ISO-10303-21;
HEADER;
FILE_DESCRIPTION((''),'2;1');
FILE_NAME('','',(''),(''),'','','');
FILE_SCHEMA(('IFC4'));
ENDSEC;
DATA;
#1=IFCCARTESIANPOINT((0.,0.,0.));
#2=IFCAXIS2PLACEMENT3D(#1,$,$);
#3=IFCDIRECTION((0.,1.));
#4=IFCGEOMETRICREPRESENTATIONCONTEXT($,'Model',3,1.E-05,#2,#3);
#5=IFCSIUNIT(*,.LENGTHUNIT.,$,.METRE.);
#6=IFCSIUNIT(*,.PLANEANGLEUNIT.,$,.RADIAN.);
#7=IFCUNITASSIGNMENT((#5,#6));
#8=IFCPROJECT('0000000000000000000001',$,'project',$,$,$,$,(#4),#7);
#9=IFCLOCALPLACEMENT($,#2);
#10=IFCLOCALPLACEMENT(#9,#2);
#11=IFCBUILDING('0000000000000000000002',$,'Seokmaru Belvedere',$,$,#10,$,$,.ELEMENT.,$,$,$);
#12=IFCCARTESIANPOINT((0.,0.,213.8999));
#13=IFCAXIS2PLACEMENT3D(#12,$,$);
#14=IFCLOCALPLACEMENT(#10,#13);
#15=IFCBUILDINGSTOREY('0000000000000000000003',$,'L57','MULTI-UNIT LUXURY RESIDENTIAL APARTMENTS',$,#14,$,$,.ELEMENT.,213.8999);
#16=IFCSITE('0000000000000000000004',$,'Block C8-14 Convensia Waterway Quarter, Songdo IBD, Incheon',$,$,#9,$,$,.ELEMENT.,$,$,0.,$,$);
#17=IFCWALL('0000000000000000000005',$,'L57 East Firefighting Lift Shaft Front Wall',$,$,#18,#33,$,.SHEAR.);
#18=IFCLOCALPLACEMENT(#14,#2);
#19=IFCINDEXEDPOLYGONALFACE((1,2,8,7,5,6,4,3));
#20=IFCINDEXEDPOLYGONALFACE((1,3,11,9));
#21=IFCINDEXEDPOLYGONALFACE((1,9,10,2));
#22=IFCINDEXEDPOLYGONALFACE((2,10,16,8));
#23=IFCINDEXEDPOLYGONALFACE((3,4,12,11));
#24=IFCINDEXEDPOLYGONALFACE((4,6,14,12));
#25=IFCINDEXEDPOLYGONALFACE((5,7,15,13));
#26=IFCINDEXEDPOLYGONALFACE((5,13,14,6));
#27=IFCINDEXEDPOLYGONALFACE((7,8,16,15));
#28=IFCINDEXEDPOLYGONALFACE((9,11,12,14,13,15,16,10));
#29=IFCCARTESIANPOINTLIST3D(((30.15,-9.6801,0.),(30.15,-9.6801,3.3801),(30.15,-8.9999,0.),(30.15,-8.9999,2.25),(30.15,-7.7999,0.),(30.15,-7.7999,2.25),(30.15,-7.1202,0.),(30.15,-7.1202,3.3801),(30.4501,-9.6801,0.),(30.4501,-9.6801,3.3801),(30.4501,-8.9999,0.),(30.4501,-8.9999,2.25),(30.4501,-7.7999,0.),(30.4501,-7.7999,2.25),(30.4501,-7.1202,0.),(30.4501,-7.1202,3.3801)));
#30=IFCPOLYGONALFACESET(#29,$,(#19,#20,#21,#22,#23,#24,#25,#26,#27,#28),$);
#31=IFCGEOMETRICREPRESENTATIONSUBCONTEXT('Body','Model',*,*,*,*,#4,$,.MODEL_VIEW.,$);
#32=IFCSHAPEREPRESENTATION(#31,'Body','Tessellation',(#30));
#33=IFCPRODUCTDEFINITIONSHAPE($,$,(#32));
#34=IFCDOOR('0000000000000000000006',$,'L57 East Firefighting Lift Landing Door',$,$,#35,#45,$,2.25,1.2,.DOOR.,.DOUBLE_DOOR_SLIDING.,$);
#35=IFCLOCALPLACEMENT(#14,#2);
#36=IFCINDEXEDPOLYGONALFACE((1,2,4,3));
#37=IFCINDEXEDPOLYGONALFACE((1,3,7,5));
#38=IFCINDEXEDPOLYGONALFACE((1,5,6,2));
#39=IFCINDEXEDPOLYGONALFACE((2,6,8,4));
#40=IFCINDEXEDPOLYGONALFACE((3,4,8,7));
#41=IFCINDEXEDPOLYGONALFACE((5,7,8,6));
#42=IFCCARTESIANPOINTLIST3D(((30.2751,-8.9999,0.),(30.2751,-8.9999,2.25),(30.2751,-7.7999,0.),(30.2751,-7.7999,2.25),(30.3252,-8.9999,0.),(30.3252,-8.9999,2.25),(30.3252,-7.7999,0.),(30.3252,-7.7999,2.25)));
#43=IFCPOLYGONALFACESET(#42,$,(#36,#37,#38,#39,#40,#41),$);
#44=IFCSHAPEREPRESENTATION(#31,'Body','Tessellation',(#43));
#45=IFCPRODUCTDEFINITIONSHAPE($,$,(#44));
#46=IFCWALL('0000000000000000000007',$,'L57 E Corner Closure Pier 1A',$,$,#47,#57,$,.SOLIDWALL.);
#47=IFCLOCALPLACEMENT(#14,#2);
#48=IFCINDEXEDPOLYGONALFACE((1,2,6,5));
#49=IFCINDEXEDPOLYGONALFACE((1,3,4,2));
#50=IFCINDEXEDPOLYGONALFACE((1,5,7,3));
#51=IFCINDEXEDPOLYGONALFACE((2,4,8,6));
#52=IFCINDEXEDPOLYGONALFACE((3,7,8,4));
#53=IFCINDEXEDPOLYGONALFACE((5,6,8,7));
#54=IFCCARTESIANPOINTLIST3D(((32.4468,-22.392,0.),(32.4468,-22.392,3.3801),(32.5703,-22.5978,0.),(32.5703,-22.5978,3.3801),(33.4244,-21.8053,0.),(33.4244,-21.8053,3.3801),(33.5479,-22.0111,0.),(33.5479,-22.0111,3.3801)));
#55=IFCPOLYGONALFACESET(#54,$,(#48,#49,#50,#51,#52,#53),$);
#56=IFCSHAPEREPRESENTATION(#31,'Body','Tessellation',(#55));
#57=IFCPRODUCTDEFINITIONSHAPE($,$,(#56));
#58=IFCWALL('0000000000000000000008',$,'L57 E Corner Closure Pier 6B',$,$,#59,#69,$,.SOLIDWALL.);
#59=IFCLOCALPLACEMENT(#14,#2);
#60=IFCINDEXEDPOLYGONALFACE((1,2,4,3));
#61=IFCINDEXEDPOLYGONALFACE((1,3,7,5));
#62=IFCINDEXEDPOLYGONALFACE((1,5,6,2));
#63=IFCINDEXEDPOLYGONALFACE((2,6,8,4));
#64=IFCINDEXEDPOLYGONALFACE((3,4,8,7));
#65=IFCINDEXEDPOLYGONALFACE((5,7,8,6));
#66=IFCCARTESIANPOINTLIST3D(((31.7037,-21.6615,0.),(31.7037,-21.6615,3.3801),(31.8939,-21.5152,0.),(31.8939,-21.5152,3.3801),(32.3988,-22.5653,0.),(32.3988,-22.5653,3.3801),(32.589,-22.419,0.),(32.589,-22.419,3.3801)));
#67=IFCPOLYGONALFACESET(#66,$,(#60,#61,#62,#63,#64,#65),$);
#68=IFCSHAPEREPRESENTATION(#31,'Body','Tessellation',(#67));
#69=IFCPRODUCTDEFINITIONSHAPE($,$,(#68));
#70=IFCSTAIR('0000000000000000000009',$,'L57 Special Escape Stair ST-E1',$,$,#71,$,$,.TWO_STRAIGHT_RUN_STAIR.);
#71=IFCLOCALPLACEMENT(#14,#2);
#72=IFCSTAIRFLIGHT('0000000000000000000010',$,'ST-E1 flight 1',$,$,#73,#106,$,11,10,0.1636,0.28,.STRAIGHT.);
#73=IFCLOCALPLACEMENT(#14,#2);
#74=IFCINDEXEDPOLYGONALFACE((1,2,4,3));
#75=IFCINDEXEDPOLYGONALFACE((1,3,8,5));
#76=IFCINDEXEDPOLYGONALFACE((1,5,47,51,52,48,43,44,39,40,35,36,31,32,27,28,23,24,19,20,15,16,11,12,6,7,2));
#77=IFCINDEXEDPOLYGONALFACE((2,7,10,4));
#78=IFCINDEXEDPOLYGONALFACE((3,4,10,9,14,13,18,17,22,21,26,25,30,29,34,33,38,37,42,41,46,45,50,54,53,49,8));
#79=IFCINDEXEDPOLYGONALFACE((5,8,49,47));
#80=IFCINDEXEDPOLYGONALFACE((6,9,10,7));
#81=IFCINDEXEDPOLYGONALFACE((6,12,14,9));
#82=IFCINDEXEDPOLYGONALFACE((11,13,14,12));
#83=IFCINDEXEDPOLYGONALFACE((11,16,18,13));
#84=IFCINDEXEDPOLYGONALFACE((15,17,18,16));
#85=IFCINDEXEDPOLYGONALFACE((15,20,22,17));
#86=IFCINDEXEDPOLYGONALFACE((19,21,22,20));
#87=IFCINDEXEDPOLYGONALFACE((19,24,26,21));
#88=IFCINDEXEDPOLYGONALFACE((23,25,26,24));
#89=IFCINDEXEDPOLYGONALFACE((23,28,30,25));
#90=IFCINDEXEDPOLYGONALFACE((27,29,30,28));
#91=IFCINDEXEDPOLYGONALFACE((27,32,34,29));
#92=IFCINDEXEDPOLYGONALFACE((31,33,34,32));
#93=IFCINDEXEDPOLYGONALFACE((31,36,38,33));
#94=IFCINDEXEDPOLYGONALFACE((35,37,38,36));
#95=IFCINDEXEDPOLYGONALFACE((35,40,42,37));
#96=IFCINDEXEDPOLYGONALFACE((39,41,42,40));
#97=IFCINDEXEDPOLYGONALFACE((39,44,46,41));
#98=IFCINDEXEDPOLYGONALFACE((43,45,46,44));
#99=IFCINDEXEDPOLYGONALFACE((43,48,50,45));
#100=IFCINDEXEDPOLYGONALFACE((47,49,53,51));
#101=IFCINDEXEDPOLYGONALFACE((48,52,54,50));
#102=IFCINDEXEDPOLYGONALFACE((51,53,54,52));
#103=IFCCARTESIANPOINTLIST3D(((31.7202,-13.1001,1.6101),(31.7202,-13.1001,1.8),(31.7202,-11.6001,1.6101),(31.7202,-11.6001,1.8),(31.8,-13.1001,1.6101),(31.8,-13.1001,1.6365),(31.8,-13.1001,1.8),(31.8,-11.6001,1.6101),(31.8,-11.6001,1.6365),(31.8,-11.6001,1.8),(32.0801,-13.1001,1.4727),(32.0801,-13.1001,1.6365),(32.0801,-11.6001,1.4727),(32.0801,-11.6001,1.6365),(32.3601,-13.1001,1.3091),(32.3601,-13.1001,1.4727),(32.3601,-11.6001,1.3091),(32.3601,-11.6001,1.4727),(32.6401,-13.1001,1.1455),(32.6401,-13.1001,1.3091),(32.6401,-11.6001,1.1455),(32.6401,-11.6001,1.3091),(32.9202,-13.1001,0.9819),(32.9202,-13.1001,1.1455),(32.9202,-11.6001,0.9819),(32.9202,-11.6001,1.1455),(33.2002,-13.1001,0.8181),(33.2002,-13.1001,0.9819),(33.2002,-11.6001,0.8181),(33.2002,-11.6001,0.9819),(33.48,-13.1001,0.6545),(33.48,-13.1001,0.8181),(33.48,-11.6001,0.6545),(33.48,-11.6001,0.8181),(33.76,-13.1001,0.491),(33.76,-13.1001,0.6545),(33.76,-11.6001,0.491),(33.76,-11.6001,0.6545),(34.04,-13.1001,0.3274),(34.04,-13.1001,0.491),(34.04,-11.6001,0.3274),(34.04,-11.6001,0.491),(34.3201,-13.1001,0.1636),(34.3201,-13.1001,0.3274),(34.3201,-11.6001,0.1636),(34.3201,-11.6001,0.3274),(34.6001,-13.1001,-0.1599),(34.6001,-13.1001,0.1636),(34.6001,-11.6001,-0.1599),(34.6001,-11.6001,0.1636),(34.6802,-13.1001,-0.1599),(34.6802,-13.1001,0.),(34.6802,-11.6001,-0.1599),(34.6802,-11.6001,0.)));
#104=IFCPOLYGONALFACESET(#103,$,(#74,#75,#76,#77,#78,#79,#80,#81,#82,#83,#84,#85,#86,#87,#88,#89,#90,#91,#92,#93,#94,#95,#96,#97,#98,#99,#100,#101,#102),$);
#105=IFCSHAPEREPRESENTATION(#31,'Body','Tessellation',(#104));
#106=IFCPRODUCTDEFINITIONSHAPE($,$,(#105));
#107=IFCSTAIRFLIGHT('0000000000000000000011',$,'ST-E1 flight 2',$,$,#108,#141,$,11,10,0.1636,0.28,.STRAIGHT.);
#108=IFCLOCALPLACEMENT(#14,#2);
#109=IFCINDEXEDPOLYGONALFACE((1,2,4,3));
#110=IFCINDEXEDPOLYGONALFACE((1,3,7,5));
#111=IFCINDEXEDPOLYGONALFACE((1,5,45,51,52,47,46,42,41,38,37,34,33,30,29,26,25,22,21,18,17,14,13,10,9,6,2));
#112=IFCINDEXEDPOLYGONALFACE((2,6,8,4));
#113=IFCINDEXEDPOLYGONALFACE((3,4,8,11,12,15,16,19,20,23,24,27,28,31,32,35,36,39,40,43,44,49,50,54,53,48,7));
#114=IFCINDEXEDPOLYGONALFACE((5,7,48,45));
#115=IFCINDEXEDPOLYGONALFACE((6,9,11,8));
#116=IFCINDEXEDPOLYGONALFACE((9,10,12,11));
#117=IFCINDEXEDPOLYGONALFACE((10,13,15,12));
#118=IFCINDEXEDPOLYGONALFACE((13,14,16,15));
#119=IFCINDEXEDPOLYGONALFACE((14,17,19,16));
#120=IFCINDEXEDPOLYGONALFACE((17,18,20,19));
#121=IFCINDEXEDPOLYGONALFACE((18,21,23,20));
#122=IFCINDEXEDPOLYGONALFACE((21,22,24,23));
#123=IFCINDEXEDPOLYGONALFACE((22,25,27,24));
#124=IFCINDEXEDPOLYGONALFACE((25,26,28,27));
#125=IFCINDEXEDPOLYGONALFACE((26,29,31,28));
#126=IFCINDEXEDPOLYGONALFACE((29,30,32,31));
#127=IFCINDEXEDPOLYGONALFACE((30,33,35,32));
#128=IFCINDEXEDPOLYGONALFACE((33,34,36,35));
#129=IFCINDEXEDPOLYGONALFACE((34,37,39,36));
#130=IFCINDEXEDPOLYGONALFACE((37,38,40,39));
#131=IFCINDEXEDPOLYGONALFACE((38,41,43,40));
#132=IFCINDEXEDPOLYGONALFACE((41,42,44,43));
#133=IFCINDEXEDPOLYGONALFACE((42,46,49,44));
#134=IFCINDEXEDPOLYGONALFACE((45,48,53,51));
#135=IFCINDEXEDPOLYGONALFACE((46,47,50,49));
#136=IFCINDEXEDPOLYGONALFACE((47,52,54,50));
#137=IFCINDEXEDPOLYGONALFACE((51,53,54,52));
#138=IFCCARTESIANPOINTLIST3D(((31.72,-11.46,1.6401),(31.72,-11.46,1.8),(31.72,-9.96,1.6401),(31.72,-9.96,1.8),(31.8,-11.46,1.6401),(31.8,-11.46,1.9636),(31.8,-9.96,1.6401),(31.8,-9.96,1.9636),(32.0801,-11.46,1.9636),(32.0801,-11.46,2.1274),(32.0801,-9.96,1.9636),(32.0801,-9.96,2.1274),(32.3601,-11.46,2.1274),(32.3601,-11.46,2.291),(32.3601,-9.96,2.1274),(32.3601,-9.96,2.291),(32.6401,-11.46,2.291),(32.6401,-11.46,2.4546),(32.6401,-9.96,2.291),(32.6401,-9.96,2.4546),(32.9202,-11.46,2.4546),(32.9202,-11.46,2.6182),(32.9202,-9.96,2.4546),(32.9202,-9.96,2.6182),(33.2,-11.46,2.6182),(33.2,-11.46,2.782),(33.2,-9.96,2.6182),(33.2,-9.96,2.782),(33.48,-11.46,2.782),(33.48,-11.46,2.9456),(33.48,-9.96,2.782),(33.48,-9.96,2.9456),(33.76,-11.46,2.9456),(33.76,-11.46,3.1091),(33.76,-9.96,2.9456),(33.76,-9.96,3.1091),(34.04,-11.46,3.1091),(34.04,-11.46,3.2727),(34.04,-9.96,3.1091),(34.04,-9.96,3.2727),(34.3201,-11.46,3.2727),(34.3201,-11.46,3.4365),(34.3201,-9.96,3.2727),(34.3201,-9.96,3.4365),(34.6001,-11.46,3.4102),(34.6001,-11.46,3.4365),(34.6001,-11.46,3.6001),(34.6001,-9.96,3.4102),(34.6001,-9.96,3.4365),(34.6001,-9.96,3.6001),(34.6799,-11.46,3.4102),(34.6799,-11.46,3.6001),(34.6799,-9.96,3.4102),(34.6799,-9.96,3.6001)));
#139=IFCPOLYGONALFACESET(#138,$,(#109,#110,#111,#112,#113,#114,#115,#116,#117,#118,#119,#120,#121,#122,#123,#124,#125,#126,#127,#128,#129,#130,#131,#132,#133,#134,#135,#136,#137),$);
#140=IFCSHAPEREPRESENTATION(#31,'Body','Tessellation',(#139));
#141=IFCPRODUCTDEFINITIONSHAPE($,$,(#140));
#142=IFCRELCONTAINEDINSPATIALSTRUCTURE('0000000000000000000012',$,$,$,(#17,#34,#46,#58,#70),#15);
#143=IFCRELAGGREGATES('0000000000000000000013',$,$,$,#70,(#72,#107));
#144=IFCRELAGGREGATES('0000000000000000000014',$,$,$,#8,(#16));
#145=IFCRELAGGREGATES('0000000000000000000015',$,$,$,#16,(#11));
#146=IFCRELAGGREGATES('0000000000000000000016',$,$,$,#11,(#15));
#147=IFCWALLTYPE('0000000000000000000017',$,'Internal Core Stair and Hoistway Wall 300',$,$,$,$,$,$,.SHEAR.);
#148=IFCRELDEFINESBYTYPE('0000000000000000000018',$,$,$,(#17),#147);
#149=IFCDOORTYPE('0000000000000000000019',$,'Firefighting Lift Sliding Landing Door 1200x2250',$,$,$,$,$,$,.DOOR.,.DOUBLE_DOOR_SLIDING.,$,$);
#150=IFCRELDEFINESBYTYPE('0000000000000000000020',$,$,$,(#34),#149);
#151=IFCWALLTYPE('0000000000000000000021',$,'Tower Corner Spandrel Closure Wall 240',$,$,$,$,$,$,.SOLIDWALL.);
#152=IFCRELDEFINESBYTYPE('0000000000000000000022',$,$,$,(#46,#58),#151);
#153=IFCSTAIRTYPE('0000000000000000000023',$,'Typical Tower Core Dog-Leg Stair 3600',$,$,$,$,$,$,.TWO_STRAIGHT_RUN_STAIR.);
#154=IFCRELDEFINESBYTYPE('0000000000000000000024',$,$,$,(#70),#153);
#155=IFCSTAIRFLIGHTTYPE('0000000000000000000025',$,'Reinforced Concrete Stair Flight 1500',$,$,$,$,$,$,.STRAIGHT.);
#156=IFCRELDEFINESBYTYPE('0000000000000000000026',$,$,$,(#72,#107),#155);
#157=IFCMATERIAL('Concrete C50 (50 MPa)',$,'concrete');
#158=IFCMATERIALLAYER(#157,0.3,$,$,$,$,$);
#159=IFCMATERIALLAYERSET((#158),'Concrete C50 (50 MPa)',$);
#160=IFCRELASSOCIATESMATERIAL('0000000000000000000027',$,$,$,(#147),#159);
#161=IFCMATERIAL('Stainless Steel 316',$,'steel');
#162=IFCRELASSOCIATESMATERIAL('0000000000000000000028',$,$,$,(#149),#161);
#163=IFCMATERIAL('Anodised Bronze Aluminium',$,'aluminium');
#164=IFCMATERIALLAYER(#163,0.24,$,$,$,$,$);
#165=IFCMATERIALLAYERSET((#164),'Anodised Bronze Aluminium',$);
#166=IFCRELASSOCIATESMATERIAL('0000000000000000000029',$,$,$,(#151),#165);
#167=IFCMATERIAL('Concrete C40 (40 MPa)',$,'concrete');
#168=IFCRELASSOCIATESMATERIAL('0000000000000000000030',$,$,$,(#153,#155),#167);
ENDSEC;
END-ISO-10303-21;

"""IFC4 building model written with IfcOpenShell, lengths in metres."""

from ifc_helpers import new_model, si_unit, direction, frame, frame_2d, origin, place, context, subcontext, project, spatial, polyline, rectangle, outline, extrude, source, transform, mapped, material, layer, layer_set, type_object, type_shapes, element, fill, aggregate, save


model = new_model("IFC4")

# Units and contexts
model_context = context("Model", 3, precision=1e-05, world=origin(), true_north=direction((0.0, 1.0)))
body_context = subcontext(model_context, "Body", "Model", "MODEL_VIEW")
ifc_project = project(units=[si_unit("LENGTHUNIT", "METRE"), si_unit("PLANEANGLEUNIT", "RADIAN")], contexts=[model_context])

# Site, building, storey
site_placement = place(None, origin())
site = spatial("IfcSite", under=ifc_project, at=site_placement, Name="Block C8-14 Convensia Waterway Quarter, Songdo IBD, Incheon", CompositionType="ELEMENT", RefElevation=0.0)
building_placement = place(site_placement, origin())
building = spatial("IfcBuilding", under=site, at=building_placement, Name="Seokmaru Belvedere", CompositionType="ELEMENT")
storey_placement = place(building_placement, frame((0.0, 0.0, 213.8999)))
storey = spatial("IfcBuildingStorey", under=building, at=storey_placement, Name="L57", Description="MULTI-UNIT LUXURY RESIDENTIAL APARTMENTS", CompositionType="ELEMENT", Elevation=213.8999)

# Shared definitions
ifc_material_1 = material(Name="Anodised Bronze Aluminium", Category="aluminium")

# Wall, opening, door
ifc_material_2 = material(Name="Concrete C50 (50 MPa)", Category="concrete")
ifc_layer_1 = layer(ifc_material_2, 0.3)
ifc_layer_set_1 = layer_set([ifc_layer_1], Name="Concrete C50 (50 MPa)")
wall_type_1 = type_object("IfcWallType", Name="Internal Core Stair and Hoistway Wall 300", PredefinedType="SHEAR", material=ifc_layer_set_1)
wall_1_placement = place(storey_placement, frame((30.3, -9.6799, 0.0), z_axis=(0.0, 0.0, 1.0), x_axis=(0.0, 1.0, 0.0)))
wall_1 = element("IfcWall", 1, at=wall_1_placement, inside=storey, type_object=wall_type_1, Name="L57 East Firefighting Lift Shaft Front Wall", PredefinedType="SHEAR", context=body_context, shape_type="SweptSolid", body=[
    extrude(rectangle(XDim=2.5598, YDim=0.3, at=frame_2d((1.2798, 0.0))), origin(), (0.0, 0.0, 1.0), 3.3801),
])
opening_placement = place(wall_1_placement, frame((0.6799, 0.0, 0.0)))
opening = element("IfcOpeningElement", 2, at=opening_placement, cuts=wall_1, PredefinedType="OPENING", context=body_context, shape_type="SweptSolid", body=[
    extrude(rectangle(XDim=1.2, YDim=2.25, at=frame_2d((0.6001, 1.125))), frame((0.0, 0.1602, 0.0), z_axis=(0.0, -1.0, 0.0), x_axis=(1.0, 0.0, 0.0)), (0.0, 0.0, 1.0), 0.3201),
])
ifc_material_3 = material(Name="Stainless Steel 316", Category="steel")
door_type = type_object("IfcDoorType", Name="Firefighting Lift Sliding Landing Door 1200x2250", OperationType="DOUBLE_DOOR_SLIDING", PredefinedType="DOOR", material=ifc_material_3)
shared_shape_1 = source(origin(), body_context, "Body", "SweptSolid", [
    extrude(rectangle(XDim=1.2, YDim=2.25, at=frame_2d((0.6001, 1.125))), frame((0.0, 0.0249, 0.0), z_axis=(0.0, -1.0, 0.0), x_axis=(1.0, 0.0, 0.0)), (0.0, 0.0, 1.0), 0.05),
])
type_shapes(door_type, [shared_shape_1])
door_placement = place(opening_placement, origin())
door = element("IfcDoor", 3, at=door_placement, inside=storey, type_object=door_type, Name="L57 East Firefighting Lift Landing Door", OperationType="DOUBLE_DOOR_SLIDING", OverallHeight=2.25, OverallWidth=1.2, PredefinedType="DOOR", context=body_context, shape_type="MappedRepresentation", body=[
    mapped(shared_shape_1, transform((0.0, 0.0, 0.0), scale=1.0)),
])
fill(opening, door)

# Walls
ifc_layer_2 = layer(ifc_material_1, 0.24)
ifc_layer_set_2 = layer_set([ifc_layer_2], Name="Anodised Bronze Aluminium")
wall_type_2 = type_object("IfcWallType", Name="Tower Corner Spandrel Closure Wall 240", PredefinedType="SOLIDWALL", material=ifc_layer_set_2)
for number, where, z_axis, x_axis, name in (
    (4, (32.5085, -22.4949, 0.0), (0.0, 0.0, 1.0), (0.857436, 0.51459, 0.0), "L57 E Corner Closure Pier 1A"),
    (5, (31.7988, -21.5884, 0.0), (0.0, 0.0, 1.0), (0.609618, -0.792696, 0.0), "L57 E Corner Closure Pier 6B"),
):
    element("IfcWall", number, at=place(storey_placement, frame(where, z_axis=z_axis, x_axis=x_axis)), inside=storey, type_object=wall_type_2, Name=name, PredefinedType="SOLIDWALL", context=body_context, shape_type="SweptSolid", body=[
        extrude(rectangle(XDim=1.1401, YDim=0.24, at=frame_2d((0.5701, 0.0))), origin(), (0.0, 0.0, 1.0), 3.3801),
    ])

# Stair, stair flights
ifc_material_4 = material(Name="Concrete C40 (40 MPa)", Category="concrete")
stair_type = type_object("IfcStairType", Name="Typical Tower Core Dog-Leg Stair 3600", PredefinedType="TWO_STRAIGHT_RUN_STAIR", material=ifc_material_4)
stair_placement = place(storey_placement, origin())
stair = element("IfcStair", 6, at=stair_placement, inside=storey, type_object=stair_type, Name="L57 Special Escape Stair ST-E1", PredefinedType="TWO_STRAIGHT_RUN_STAIR")
stair_flight_type = type_object("IfcStairFlightType", Name="Reinforced Concrete Stair Flight 1500", PredefinedType="STRAIGHT", material=ifc_material_4)
stair_flight_1_placement = place(storey_placement, frame((34.6001, -12.3501, 0.0), z_axis=(0.0, 0.0, 1.0), x_axis=(-1.0, 0.0, 0.0)))
stair_flight_1 = element("IfcStairFlight", 7, at=stair_flight_1_placement, type_object=stair_flight_type, Name="ST-E1 flight 1", NumberOfRisers=11, NumberOfTreads=10, PredefinedType="STRAIGHT", RiserHeight=0.1636, TreadLength=0.28, context=body_context, shape_type="SweptSolid", body=[
    extrude(outline(polyline([(-0.0801, 0.0), (0.0, 0.1636), (0.28, 0.1636), (0.28, 0.3274), (0.5601, 0.3274), (0.5601, 0.491), (0.8401, 0.491), (0.8401, 0.6545), (1.1201, 0.6545), (1.1201, 0.8181), (1.3999, 0.8181), (1.3999, 0.9819), (1.6799, 0.9819), (1.6799, 1.1455), (1.96, 1.1455), (1.96, 1.3091), (2.24, 1.3091), (2.24, 1.4727), (2.52, 1.4727), (2.52, 1.6365), (2.8, 1.6365), (2.8, 1.8), (2.8799, 1.8), (2.8799, 1.6101), (2.8, 1.6101), (0.0, -0.1599), (-0.0801, -0.1599), (-0.0801, 0.0)])), frame((0.0, 0.75, 0.0), z_axis=(0.0, -1.0, 0.0), x_axis=(1.0, 0.0, 0.0)), (0.0, 0.0, 1.0), 1.5),
])
stair_flight_2_placement = place(storey_placement, frame((31.8, -10.71, 1.8), z_axis=(0.0, 0.0, 1.0), x_axis=(1.0, 0.0, 0.0)))
stair_flight_2 = element("IfcStairFlight", 8, at=stair_flight_2_placement, type_object=stair_flight_type, Name="ST-E1 flight 2", NumberOfRisers=11, NumberOfTreads=10, PredefinedType="STRAIGHT", RiserHeight=0.1636, TreadLength=0.28, context=body_context, shape_type="SweptSolid", body=[
    extrude(outline(polyline([(-0.0801, 0.0), (0.0, 0.1636), (0.28, 0.1636), (0.28, 0.3274), (0.5601, 0.3274), (0.5601, 0.491), (0.8401, 0.491), (0.8401, 0.6545), (1.1201, 0.6545), (1.1201, 0.8181), (1.3999, 0.8181), (1.3999, 0.9819), (1.6799, 0.9819), (1.6799, 1.1455), (1.96, 1.1455), (1.96, 1.3091), (2.24, 1.3091), (2.24, 1.4727), (2.52, 1.4727), (2.52, 1.6365), (2.8, 1.6365), (2.8, 1.8), (2.8799, 1.8), (2.8799, 1.6101), (2.8, 1.6101), (0.0, -0.1599), (-0.0801, -0.1599), (-0.0801, 0.0)])), frame((0.0, 0.75, 0.0), z_axis=(0.0, -1.0, 0.0), x_axis=(1.0, 0.0, 0.0)), (0.0, 0.0, 1.0), 1.5),
])
aggregate(stair, [stair_flight_1, stair_flight_2])

save(model, "model.ifc")
